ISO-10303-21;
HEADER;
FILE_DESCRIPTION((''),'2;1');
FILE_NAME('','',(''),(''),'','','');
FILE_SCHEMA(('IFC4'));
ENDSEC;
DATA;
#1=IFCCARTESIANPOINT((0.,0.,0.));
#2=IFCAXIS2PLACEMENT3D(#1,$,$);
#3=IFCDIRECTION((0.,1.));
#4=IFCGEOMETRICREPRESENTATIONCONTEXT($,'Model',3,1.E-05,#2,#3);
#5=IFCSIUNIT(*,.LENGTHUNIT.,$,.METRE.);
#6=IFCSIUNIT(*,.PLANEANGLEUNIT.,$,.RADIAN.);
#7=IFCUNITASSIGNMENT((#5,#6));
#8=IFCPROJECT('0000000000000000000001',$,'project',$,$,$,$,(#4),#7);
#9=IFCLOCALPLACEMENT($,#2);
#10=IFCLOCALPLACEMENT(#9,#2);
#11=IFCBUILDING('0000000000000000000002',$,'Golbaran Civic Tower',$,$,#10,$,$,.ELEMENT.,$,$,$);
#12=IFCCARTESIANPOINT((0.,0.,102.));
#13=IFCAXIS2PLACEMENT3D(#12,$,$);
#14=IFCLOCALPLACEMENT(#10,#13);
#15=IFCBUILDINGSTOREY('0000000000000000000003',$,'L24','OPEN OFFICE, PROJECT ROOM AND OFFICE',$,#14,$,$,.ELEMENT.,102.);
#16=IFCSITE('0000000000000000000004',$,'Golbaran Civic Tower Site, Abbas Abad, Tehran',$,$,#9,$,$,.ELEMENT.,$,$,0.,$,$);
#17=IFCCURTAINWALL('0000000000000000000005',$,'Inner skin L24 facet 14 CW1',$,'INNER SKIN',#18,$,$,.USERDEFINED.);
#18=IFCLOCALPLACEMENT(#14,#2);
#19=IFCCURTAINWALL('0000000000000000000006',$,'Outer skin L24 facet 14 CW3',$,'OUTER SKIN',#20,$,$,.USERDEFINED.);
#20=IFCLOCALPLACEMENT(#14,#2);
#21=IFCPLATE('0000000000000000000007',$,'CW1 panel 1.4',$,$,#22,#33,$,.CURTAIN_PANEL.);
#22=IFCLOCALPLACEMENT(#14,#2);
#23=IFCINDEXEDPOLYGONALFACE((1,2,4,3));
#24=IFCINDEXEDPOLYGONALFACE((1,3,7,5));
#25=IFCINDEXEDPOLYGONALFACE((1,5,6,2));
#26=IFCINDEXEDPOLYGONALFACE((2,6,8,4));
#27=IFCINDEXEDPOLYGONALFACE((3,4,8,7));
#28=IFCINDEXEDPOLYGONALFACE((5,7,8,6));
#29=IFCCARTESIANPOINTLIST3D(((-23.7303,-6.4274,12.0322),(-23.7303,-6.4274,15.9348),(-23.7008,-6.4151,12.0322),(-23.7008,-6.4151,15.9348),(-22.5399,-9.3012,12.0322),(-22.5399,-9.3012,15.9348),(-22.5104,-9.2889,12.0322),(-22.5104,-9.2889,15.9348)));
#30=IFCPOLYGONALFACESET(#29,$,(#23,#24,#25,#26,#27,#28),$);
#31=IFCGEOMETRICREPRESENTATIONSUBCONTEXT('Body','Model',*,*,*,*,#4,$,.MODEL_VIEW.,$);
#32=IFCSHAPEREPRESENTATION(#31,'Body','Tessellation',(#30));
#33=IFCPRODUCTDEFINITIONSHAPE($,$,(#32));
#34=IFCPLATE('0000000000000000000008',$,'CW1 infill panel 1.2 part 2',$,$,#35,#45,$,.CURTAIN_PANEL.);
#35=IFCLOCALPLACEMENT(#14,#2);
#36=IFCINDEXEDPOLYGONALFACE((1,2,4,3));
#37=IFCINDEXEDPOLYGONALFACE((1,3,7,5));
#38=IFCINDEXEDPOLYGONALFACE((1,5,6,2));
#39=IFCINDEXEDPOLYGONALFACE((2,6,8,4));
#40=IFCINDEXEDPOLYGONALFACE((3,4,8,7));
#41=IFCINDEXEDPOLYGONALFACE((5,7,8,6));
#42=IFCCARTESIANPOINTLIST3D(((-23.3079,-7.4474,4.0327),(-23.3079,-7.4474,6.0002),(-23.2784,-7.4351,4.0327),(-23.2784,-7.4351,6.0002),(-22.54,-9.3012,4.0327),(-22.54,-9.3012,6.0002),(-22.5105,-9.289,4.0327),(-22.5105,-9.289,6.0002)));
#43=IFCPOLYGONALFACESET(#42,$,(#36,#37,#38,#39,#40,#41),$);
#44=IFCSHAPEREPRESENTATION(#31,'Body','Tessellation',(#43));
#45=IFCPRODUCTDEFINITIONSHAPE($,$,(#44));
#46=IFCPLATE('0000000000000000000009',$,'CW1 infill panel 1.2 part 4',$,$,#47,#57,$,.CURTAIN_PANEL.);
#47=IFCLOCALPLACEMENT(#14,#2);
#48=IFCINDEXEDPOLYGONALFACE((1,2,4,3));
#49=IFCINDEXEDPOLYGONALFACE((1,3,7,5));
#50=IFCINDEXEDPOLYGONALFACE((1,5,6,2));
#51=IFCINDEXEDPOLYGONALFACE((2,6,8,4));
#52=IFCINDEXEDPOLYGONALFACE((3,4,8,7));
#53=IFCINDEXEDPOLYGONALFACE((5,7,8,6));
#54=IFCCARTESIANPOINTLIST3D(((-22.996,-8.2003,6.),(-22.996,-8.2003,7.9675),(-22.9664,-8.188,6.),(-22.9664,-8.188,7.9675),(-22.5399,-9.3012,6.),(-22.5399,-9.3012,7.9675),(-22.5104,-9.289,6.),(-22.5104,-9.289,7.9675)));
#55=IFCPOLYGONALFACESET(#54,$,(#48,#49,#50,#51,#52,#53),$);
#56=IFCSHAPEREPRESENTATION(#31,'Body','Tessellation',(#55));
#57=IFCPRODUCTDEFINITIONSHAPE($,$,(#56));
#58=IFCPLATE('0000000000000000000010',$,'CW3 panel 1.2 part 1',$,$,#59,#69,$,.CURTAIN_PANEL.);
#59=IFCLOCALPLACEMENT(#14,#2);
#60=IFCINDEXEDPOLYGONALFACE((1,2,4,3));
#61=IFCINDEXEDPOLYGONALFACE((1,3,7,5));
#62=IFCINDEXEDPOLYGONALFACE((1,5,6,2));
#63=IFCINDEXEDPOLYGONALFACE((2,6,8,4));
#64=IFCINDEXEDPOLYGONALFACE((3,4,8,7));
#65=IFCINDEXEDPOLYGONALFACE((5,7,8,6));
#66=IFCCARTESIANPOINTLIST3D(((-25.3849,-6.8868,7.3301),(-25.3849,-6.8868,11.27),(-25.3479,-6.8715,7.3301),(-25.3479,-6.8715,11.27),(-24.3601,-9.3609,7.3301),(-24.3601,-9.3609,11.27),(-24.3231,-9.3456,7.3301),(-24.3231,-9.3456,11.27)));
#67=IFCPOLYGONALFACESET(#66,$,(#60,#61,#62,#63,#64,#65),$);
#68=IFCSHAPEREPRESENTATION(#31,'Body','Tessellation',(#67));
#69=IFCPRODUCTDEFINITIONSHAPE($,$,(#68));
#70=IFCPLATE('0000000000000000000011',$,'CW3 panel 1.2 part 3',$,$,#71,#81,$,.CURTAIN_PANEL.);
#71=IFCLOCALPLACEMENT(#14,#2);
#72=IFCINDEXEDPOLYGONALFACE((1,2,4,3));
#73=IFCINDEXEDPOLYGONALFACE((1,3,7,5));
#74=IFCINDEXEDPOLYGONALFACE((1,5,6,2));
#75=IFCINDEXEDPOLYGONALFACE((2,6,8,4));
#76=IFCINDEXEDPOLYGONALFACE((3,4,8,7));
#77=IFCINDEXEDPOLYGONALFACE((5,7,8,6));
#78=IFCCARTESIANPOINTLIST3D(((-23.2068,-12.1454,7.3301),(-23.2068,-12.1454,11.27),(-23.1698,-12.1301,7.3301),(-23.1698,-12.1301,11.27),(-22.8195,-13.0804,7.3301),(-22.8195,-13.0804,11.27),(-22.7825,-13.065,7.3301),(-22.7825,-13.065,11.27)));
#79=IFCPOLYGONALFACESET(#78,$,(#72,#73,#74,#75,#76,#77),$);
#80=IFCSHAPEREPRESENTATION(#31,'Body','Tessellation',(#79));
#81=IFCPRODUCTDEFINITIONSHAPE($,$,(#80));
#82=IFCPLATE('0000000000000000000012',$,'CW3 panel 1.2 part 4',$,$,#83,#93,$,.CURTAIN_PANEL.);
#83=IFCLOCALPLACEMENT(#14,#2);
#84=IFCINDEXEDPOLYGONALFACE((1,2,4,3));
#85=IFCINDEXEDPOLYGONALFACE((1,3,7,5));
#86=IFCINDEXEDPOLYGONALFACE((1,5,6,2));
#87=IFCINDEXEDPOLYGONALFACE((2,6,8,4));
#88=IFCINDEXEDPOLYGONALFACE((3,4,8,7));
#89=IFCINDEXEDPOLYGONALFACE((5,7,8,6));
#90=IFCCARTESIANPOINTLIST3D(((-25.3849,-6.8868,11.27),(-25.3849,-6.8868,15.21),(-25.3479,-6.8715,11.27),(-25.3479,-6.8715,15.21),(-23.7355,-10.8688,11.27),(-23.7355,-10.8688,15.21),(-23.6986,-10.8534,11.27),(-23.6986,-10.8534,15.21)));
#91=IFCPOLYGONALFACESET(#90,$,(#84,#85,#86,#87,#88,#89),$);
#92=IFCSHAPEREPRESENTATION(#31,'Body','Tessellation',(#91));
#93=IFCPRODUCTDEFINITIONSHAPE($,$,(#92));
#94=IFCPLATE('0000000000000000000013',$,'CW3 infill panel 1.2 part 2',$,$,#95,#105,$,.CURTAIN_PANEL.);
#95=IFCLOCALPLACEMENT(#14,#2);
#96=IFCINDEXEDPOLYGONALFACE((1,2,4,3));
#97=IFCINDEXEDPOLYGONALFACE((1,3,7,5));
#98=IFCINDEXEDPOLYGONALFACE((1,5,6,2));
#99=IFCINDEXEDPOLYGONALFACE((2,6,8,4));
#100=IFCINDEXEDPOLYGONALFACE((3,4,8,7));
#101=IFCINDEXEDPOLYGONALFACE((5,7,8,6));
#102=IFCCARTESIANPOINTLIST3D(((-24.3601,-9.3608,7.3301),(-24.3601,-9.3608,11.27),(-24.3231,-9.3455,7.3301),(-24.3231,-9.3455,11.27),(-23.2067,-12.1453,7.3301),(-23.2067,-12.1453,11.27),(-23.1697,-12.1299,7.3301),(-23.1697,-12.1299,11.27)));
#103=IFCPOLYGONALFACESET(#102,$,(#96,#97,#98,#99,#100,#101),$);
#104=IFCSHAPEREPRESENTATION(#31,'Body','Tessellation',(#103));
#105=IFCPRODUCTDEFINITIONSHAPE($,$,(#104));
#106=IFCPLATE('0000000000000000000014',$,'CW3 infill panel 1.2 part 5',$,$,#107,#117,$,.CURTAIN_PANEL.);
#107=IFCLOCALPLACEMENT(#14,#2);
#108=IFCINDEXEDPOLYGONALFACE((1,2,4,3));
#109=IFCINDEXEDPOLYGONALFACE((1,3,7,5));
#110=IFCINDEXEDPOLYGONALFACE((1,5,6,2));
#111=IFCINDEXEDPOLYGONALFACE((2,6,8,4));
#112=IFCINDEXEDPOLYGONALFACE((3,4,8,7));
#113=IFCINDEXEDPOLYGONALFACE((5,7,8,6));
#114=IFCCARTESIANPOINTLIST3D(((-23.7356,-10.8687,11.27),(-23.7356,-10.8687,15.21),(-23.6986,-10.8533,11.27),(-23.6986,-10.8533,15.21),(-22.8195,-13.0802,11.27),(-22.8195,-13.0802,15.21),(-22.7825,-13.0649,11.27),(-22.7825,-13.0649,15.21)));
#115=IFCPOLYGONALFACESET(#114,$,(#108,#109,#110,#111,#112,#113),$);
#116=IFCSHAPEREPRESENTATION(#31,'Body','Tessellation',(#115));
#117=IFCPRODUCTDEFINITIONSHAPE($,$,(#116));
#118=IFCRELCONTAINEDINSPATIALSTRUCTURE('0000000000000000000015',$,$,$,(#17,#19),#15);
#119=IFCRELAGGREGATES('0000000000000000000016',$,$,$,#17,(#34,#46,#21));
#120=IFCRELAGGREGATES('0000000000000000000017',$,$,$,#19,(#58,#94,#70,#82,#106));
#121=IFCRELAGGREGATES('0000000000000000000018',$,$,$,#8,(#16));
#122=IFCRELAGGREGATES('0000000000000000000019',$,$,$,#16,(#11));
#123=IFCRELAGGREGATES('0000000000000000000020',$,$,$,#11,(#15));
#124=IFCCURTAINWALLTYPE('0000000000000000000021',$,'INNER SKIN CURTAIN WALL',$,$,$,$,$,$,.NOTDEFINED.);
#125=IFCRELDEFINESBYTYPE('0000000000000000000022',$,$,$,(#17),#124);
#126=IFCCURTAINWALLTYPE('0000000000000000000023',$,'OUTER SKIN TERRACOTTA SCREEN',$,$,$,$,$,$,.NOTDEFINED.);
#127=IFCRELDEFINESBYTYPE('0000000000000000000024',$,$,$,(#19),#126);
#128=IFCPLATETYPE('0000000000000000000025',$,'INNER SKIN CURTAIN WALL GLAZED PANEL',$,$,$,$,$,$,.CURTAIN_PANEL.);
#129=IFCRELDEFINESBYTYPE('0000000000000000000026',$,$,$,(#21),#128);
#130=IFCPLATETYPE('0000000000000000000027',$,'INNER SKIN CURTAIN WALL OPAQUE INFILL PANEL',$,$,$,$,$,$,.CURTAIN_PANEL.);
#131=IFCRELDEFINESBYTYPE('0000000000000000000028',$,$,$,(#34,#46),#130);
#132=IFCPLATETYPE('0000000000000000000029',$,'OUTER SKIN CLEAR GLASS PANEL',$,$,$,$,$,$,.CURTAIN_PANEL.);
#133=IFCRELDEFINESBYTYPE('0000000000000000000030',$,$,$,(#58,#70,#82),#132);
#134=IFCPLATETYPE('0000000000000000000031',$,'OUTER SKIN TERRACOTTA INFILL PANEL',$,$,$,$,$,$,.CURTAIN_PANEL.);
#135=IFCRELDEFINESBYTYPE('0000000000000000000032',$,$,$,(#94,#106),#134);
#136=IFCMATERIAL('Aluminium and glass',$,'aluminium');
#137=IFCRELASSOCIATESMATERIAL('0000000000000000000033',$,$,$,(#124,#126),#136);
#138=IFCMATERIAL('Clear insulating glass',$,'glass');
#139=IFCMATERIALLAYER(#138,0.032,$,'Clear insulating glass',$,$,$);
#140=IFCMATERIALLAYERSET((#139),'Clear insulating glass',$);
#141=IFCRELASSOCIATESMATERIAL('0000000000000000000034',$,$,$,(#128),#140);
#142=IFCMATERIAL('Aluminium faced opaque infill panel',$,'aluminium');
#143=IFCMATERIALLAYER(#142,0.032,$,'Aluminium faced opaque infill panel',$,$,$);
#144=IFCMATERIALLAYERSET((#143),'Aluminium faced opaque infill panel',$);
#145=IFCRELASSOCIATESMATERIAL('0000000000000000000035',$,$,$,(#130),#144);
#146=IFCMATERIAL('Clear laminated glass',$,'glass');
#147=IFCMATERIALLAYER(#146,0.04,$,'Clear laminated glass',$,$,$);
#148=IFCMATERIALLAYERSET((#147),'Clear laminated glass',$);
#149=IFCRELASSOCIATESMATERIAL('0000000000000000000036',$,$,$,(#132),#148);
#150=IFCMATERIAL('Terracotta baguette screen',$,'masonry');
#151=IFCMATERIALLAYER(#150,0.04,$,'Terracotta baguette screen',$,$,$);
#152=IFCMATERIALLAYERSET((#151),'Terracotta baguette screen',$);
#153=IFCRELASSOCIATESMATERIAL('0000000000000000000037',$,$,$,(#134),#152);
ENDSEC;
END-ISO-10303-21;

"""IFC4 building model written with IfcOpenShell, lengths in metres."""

from ifc_helpers import new_model, si_unit, direction, frame, origin, origin_2d, place, context, subcontext, project, spatial, rectangle, extrude, material, layer, layer_set, type_object, element, aggregate, save


model = new_model("IFC4")

# Units and contexts
model_context = context("Model", 3, precision=1e-05, world=origin(), true_north=direction((0.0, 1.0)))
body_context = subcontext(model_context, "Body", "Model", "MODEL_VIEW")
ifc_project = project(units=[si_unit("LENGTHUNIT", "METRE"), si_unit("PLANEANGLEUNIT", "RADIAN")], contexts=[model_context])

# Site, building, storey
site_placement = place(None, origin())
site = spatial("IfcSite", under=ifc_project, at=site_placement, Name="Golbaran Civic Tower Site, Abbas Abad, Tehran", CompositionType="ELEMENT", RefElevation=0.0)
building_placement = place(site_placement, origin())
building = spatial("IfcBuilding", under=site, at=building_placement, Name="Golbaran Civic Tower", CompositionType="ELEMENT")
storey_placement = place(building_placement, frame((0.0, 0.0, 102.0)))
storey = spatial("IfcBuildingStorey", under=building, at=storey_placement, Name="L24", Description="OPEN OFFICE, PROJECT ROOM AND OFFICE", CompositionType="ELEMENT", Elevation=102.0)

# Curtain walls
ifc_material_1 = material(Name="Aluminium and glass", Category="aluminium")
curtain_wall_type_1 = type_object("IfcCurtainWallType", Name="INNER SKIN CURTAIN WALL", PredefinedType="NOTDEFINED", material=ifc_material_1)
curtain_wall_1_placement = place(storey_placement, origin())
curtain_wall_1 = element("IfcCurtainWall", 1, at=curtain_wall_1_placement, inside=storey, type_object=curtain_wall_type_1, Name="Inner skin L24 facet 14 CW1", ObjectType="INNER SKIN", PredefinedType="USERDEFINED")
curtain_wall_type_2 = type_object("IfcCurtainWallType", Name="OUTER SKIN TERRACOTTA SCREEN", PredefinedType="NOTDEFINED", material=ifc_material_1)
curtain_wall_2_placement = place(storey_placement, origin())
curtain_wall_2 = element("IfcCurtainWall", 2, at=curtain_wall_2_placement, inside=storey, type_object=curtain_wall_type_2, Name="Outer skin L24 facet 14 CW3", ObjectType="OUTER SKIN", PredefinedType="USERDEFINED")

# Shared definitions
ifc_material_2 = material(Name="Clear insulating glass", Category="glass")
ifc_layer_1 = layer(ifc_material_2, 0.032, Name="Clear insulating glass")
ifc_layer_set_1 = layer_set([ifc_layer_1], Name="Clear insulating glass")
plate_type_1 = type_object("IfcPlateType", Name="INNER SKIN CURTAIN WALL GLAZED PANEL", PredefinedType="CURTAIN_PANEL", material=ifc_layer_set_1)

# Plates
plate_1_placement = place(storey_placement, frame((-23.1204, -7.8582, 12.0322), z_axis=(0.0, 0.0, 1.0), x_axis=(0.382683, -0.92388, 0.0)))
plate_1 = element("IfcPlate", 3, at=plate_1_placement, type_object=plate_type_1, Name="CW1 panel 1.4", PredefinedType="CURTAIN_PANEL", context=body_context, shape_type="SweptSolid", body=[
    extrude(rectangle(XDim=3.1106, YDim=0.032, at=origin_2d()), origin(), (0.0, 0.0, 1.0), 3.9026),
])
ifc_material_3 = material(Name="Aluminium faced opaque infill panel", Category="aluminium")
ifc_layer_2 = layer(ifc_material_3, 0.032, Name="Aluminium faced opaque infill panel")
ifc_layer_set_2 = layer_set([ifc_layer_2], Name="Aluminium faced opaque infill panel")
plate_type_2 = type_object("IfcPlateType", Name="INNER SKIN CURTAIN WALL OPAQUE INFILL PANEL", PredefinedType="CURTAIN_PANEL", material=ifc_layer_set_2)
plate_2_placement = place(storey_placement, frame((-22.9092, -8.3682, 4.0327), z_axis=(0.0, 0.0, 1.0), x_axis=(0.382683, -0.92388, 0.0)))
plate_2 = element("IfcPlate", 4, at=plate_2_placement, type_object=plate_type_2, Name="CW1 infill panel 1.2 part 2", PredefinedType="CURTAIN_PANEL", context=body_context, shape_type="SweptSolid", body=[
    extrude(rectangle(XDim=2.0066, YDim=0.032, at=origin_2d()), origin(), (0.0, 0.0, 1.0), 1.9675),
])
plate_3_placement = place(storey_placement, frame((-22.7532, -8.7446, 6.0), z_axis=(0.0, 0.0, 1.0), x_axis=(0.382683, -0.92388, 0.0)))
plate_3 = element("IfcPlate", 5, at=plate_3_placement, type_object=plate_type_2, Name="CW1 infill panel 1.2 part 4", PredefinedType="CURTAIN_PANEL", context=body_context, shape_type="SweptSolid", body=[
    extrude(rectangle(XDim=1.1917, YDim=0.032, at=origin_2d()), origin(), (0.0, 0.0, 1.0), 1.9675),
])
aggregate(curtain_wall_1, [plate_2, plate_3, plate_1])
ifc_material_4 = material(Name="Clear laminated glass", Category="glass")
ifc_layer_3 = layer(ifc_material_4, 0.04, Name="Clear laminated glass")
ifc_layer_set_3 = layer_set([ifc_layer_3], Name="Clear laminated glass")
plate_type_3 = type_object("IfcPlateType", Name="OUTER SKIN CLEAR GLASS PANEL", PredefinedType="CURTAIN_PANEL", material=ifc_layer_set_3)
plate_4_placement = place(storey_placement, frame((-24.854, -8.1162, 7.3301), z_axis=(0.0, 0.0, 1.0), x_axis=(0.382683, -0.92388, 0.0)))
plate_4 = element("IfcPlate", 6, at=plate_4_placement, type_object=plate_type_3, Name="CW3 panel 1.2 part 1", PredefinedType="CURTAIN_PANEL", context=body_context, shape_type="SweptSolid", body=[
    extrude(rectangle(XDim=2.678, YDim=0.04, at=origin_2d()), origin(), (0.0, 0.0, 1.0), 3.9399),
])
plate_5_placement = place(storey_placement, frame((-22.9946, -12.6052, 7.3301), z_axis=(0.0, 0.0, 1.0), x_axis=(0.382683, -0.92388, 0.0)))
plate_5 = element("IfcPlate", 7, at=plate_5_placement, type_object=plate_type_3, Name="CW3 panel 1.2 part 3", PredefinedType="CURTAIN_PANEL", context=body_context, shape_type="SweptSolid", body=[
    extrude(rectangle(XDim=1.012, YDim=0.04, at=origin_2d()), origin(), (0.0, 0.0, 1.0), 3.9399),
])
plate_6_placement = place(storey_placement, frame((-24.5417, -8.8701, 11.27), z_axis=(0.0, 0.0, 1.0), x_axis=(0.382683, -0.92388, 0.0)))
plate_6 = element("IfcPlate", 8, at=plate_6_placement, type_object=plate_type_3, Name="CW3 panel 1.2 part 4", PredefinedType="CURTAIN_PANEL", context=body_context, shape_type="SweptSolid", body=[
    extrude(rectangle(XDim=4.3101, YDim=0.04, at=origin_2d()), origin(), (0.0, 0.0, 1.0), 3.9399),
])
ifc_material_5 = material(Name="Terracotta baguette screen", Category="masonry")
ifc_layer_4 = layer(ifc_material_5, 0.04, Name="Terracotta baguette screen")
ifc_layer_set_4 = layer_set([ifc_layer_4], Name="Terracotta baguette screen")
plate_type_4 = type_object("IfcPlateType", Name="OUTER SKIN TERRACOTTA INFILL PANEL", PredefinedType="CURTAIN_PANEL", material=ifc_layer_set_4)
plate_7_placement = place(storey_placement, frame((-23.7649, -10.7454, 7.3301), z_axis=(0.0, 0.0, 1.0), x_axis=(0.382683, -0.92388, 0.0)))
plate_7 = element("IfcPlate", 9, at=plate_7_placement, type_object=plate_type_4, Name="CW3 infill panel 1.2 part 2", PredefinedType="CURTAIN_PANEL", context=body_context, shape_type="SweptSolid", body=[
    extrude(rectangle(XDim=3.0139, YDim=0.04, at=origin_2d()), origin(), (0.0, 0.0, 1.0), 3.9399),
])
plate_8_placement = place(storey_placement, frame((-23.259, -11.9668, 11.27), z_axis=(0.0, 0.0, 1.0), x_axis=(0.382683, -0.92388, 0.0)))
plate_8 = element("IfcPlate", 10, at=plate_8_placement, type_object=plate_type_4, Name="CW3 infill panel 1.2 part 5", PredefinedType="CURTAIN_PANEL", context=body_context, shape_type="SweptSolid", body=[
    extrude(rectangle(XDim=2.3938, YDim=0.04, at=origin_2d()), origin(), (0.0, 0.0, 1.0), 3.9399),
])
aggregate(curtain_wall_2, [plate_4, plate_7, plate_5, plate_6, plate_8])

save(model, "model.ifc")
